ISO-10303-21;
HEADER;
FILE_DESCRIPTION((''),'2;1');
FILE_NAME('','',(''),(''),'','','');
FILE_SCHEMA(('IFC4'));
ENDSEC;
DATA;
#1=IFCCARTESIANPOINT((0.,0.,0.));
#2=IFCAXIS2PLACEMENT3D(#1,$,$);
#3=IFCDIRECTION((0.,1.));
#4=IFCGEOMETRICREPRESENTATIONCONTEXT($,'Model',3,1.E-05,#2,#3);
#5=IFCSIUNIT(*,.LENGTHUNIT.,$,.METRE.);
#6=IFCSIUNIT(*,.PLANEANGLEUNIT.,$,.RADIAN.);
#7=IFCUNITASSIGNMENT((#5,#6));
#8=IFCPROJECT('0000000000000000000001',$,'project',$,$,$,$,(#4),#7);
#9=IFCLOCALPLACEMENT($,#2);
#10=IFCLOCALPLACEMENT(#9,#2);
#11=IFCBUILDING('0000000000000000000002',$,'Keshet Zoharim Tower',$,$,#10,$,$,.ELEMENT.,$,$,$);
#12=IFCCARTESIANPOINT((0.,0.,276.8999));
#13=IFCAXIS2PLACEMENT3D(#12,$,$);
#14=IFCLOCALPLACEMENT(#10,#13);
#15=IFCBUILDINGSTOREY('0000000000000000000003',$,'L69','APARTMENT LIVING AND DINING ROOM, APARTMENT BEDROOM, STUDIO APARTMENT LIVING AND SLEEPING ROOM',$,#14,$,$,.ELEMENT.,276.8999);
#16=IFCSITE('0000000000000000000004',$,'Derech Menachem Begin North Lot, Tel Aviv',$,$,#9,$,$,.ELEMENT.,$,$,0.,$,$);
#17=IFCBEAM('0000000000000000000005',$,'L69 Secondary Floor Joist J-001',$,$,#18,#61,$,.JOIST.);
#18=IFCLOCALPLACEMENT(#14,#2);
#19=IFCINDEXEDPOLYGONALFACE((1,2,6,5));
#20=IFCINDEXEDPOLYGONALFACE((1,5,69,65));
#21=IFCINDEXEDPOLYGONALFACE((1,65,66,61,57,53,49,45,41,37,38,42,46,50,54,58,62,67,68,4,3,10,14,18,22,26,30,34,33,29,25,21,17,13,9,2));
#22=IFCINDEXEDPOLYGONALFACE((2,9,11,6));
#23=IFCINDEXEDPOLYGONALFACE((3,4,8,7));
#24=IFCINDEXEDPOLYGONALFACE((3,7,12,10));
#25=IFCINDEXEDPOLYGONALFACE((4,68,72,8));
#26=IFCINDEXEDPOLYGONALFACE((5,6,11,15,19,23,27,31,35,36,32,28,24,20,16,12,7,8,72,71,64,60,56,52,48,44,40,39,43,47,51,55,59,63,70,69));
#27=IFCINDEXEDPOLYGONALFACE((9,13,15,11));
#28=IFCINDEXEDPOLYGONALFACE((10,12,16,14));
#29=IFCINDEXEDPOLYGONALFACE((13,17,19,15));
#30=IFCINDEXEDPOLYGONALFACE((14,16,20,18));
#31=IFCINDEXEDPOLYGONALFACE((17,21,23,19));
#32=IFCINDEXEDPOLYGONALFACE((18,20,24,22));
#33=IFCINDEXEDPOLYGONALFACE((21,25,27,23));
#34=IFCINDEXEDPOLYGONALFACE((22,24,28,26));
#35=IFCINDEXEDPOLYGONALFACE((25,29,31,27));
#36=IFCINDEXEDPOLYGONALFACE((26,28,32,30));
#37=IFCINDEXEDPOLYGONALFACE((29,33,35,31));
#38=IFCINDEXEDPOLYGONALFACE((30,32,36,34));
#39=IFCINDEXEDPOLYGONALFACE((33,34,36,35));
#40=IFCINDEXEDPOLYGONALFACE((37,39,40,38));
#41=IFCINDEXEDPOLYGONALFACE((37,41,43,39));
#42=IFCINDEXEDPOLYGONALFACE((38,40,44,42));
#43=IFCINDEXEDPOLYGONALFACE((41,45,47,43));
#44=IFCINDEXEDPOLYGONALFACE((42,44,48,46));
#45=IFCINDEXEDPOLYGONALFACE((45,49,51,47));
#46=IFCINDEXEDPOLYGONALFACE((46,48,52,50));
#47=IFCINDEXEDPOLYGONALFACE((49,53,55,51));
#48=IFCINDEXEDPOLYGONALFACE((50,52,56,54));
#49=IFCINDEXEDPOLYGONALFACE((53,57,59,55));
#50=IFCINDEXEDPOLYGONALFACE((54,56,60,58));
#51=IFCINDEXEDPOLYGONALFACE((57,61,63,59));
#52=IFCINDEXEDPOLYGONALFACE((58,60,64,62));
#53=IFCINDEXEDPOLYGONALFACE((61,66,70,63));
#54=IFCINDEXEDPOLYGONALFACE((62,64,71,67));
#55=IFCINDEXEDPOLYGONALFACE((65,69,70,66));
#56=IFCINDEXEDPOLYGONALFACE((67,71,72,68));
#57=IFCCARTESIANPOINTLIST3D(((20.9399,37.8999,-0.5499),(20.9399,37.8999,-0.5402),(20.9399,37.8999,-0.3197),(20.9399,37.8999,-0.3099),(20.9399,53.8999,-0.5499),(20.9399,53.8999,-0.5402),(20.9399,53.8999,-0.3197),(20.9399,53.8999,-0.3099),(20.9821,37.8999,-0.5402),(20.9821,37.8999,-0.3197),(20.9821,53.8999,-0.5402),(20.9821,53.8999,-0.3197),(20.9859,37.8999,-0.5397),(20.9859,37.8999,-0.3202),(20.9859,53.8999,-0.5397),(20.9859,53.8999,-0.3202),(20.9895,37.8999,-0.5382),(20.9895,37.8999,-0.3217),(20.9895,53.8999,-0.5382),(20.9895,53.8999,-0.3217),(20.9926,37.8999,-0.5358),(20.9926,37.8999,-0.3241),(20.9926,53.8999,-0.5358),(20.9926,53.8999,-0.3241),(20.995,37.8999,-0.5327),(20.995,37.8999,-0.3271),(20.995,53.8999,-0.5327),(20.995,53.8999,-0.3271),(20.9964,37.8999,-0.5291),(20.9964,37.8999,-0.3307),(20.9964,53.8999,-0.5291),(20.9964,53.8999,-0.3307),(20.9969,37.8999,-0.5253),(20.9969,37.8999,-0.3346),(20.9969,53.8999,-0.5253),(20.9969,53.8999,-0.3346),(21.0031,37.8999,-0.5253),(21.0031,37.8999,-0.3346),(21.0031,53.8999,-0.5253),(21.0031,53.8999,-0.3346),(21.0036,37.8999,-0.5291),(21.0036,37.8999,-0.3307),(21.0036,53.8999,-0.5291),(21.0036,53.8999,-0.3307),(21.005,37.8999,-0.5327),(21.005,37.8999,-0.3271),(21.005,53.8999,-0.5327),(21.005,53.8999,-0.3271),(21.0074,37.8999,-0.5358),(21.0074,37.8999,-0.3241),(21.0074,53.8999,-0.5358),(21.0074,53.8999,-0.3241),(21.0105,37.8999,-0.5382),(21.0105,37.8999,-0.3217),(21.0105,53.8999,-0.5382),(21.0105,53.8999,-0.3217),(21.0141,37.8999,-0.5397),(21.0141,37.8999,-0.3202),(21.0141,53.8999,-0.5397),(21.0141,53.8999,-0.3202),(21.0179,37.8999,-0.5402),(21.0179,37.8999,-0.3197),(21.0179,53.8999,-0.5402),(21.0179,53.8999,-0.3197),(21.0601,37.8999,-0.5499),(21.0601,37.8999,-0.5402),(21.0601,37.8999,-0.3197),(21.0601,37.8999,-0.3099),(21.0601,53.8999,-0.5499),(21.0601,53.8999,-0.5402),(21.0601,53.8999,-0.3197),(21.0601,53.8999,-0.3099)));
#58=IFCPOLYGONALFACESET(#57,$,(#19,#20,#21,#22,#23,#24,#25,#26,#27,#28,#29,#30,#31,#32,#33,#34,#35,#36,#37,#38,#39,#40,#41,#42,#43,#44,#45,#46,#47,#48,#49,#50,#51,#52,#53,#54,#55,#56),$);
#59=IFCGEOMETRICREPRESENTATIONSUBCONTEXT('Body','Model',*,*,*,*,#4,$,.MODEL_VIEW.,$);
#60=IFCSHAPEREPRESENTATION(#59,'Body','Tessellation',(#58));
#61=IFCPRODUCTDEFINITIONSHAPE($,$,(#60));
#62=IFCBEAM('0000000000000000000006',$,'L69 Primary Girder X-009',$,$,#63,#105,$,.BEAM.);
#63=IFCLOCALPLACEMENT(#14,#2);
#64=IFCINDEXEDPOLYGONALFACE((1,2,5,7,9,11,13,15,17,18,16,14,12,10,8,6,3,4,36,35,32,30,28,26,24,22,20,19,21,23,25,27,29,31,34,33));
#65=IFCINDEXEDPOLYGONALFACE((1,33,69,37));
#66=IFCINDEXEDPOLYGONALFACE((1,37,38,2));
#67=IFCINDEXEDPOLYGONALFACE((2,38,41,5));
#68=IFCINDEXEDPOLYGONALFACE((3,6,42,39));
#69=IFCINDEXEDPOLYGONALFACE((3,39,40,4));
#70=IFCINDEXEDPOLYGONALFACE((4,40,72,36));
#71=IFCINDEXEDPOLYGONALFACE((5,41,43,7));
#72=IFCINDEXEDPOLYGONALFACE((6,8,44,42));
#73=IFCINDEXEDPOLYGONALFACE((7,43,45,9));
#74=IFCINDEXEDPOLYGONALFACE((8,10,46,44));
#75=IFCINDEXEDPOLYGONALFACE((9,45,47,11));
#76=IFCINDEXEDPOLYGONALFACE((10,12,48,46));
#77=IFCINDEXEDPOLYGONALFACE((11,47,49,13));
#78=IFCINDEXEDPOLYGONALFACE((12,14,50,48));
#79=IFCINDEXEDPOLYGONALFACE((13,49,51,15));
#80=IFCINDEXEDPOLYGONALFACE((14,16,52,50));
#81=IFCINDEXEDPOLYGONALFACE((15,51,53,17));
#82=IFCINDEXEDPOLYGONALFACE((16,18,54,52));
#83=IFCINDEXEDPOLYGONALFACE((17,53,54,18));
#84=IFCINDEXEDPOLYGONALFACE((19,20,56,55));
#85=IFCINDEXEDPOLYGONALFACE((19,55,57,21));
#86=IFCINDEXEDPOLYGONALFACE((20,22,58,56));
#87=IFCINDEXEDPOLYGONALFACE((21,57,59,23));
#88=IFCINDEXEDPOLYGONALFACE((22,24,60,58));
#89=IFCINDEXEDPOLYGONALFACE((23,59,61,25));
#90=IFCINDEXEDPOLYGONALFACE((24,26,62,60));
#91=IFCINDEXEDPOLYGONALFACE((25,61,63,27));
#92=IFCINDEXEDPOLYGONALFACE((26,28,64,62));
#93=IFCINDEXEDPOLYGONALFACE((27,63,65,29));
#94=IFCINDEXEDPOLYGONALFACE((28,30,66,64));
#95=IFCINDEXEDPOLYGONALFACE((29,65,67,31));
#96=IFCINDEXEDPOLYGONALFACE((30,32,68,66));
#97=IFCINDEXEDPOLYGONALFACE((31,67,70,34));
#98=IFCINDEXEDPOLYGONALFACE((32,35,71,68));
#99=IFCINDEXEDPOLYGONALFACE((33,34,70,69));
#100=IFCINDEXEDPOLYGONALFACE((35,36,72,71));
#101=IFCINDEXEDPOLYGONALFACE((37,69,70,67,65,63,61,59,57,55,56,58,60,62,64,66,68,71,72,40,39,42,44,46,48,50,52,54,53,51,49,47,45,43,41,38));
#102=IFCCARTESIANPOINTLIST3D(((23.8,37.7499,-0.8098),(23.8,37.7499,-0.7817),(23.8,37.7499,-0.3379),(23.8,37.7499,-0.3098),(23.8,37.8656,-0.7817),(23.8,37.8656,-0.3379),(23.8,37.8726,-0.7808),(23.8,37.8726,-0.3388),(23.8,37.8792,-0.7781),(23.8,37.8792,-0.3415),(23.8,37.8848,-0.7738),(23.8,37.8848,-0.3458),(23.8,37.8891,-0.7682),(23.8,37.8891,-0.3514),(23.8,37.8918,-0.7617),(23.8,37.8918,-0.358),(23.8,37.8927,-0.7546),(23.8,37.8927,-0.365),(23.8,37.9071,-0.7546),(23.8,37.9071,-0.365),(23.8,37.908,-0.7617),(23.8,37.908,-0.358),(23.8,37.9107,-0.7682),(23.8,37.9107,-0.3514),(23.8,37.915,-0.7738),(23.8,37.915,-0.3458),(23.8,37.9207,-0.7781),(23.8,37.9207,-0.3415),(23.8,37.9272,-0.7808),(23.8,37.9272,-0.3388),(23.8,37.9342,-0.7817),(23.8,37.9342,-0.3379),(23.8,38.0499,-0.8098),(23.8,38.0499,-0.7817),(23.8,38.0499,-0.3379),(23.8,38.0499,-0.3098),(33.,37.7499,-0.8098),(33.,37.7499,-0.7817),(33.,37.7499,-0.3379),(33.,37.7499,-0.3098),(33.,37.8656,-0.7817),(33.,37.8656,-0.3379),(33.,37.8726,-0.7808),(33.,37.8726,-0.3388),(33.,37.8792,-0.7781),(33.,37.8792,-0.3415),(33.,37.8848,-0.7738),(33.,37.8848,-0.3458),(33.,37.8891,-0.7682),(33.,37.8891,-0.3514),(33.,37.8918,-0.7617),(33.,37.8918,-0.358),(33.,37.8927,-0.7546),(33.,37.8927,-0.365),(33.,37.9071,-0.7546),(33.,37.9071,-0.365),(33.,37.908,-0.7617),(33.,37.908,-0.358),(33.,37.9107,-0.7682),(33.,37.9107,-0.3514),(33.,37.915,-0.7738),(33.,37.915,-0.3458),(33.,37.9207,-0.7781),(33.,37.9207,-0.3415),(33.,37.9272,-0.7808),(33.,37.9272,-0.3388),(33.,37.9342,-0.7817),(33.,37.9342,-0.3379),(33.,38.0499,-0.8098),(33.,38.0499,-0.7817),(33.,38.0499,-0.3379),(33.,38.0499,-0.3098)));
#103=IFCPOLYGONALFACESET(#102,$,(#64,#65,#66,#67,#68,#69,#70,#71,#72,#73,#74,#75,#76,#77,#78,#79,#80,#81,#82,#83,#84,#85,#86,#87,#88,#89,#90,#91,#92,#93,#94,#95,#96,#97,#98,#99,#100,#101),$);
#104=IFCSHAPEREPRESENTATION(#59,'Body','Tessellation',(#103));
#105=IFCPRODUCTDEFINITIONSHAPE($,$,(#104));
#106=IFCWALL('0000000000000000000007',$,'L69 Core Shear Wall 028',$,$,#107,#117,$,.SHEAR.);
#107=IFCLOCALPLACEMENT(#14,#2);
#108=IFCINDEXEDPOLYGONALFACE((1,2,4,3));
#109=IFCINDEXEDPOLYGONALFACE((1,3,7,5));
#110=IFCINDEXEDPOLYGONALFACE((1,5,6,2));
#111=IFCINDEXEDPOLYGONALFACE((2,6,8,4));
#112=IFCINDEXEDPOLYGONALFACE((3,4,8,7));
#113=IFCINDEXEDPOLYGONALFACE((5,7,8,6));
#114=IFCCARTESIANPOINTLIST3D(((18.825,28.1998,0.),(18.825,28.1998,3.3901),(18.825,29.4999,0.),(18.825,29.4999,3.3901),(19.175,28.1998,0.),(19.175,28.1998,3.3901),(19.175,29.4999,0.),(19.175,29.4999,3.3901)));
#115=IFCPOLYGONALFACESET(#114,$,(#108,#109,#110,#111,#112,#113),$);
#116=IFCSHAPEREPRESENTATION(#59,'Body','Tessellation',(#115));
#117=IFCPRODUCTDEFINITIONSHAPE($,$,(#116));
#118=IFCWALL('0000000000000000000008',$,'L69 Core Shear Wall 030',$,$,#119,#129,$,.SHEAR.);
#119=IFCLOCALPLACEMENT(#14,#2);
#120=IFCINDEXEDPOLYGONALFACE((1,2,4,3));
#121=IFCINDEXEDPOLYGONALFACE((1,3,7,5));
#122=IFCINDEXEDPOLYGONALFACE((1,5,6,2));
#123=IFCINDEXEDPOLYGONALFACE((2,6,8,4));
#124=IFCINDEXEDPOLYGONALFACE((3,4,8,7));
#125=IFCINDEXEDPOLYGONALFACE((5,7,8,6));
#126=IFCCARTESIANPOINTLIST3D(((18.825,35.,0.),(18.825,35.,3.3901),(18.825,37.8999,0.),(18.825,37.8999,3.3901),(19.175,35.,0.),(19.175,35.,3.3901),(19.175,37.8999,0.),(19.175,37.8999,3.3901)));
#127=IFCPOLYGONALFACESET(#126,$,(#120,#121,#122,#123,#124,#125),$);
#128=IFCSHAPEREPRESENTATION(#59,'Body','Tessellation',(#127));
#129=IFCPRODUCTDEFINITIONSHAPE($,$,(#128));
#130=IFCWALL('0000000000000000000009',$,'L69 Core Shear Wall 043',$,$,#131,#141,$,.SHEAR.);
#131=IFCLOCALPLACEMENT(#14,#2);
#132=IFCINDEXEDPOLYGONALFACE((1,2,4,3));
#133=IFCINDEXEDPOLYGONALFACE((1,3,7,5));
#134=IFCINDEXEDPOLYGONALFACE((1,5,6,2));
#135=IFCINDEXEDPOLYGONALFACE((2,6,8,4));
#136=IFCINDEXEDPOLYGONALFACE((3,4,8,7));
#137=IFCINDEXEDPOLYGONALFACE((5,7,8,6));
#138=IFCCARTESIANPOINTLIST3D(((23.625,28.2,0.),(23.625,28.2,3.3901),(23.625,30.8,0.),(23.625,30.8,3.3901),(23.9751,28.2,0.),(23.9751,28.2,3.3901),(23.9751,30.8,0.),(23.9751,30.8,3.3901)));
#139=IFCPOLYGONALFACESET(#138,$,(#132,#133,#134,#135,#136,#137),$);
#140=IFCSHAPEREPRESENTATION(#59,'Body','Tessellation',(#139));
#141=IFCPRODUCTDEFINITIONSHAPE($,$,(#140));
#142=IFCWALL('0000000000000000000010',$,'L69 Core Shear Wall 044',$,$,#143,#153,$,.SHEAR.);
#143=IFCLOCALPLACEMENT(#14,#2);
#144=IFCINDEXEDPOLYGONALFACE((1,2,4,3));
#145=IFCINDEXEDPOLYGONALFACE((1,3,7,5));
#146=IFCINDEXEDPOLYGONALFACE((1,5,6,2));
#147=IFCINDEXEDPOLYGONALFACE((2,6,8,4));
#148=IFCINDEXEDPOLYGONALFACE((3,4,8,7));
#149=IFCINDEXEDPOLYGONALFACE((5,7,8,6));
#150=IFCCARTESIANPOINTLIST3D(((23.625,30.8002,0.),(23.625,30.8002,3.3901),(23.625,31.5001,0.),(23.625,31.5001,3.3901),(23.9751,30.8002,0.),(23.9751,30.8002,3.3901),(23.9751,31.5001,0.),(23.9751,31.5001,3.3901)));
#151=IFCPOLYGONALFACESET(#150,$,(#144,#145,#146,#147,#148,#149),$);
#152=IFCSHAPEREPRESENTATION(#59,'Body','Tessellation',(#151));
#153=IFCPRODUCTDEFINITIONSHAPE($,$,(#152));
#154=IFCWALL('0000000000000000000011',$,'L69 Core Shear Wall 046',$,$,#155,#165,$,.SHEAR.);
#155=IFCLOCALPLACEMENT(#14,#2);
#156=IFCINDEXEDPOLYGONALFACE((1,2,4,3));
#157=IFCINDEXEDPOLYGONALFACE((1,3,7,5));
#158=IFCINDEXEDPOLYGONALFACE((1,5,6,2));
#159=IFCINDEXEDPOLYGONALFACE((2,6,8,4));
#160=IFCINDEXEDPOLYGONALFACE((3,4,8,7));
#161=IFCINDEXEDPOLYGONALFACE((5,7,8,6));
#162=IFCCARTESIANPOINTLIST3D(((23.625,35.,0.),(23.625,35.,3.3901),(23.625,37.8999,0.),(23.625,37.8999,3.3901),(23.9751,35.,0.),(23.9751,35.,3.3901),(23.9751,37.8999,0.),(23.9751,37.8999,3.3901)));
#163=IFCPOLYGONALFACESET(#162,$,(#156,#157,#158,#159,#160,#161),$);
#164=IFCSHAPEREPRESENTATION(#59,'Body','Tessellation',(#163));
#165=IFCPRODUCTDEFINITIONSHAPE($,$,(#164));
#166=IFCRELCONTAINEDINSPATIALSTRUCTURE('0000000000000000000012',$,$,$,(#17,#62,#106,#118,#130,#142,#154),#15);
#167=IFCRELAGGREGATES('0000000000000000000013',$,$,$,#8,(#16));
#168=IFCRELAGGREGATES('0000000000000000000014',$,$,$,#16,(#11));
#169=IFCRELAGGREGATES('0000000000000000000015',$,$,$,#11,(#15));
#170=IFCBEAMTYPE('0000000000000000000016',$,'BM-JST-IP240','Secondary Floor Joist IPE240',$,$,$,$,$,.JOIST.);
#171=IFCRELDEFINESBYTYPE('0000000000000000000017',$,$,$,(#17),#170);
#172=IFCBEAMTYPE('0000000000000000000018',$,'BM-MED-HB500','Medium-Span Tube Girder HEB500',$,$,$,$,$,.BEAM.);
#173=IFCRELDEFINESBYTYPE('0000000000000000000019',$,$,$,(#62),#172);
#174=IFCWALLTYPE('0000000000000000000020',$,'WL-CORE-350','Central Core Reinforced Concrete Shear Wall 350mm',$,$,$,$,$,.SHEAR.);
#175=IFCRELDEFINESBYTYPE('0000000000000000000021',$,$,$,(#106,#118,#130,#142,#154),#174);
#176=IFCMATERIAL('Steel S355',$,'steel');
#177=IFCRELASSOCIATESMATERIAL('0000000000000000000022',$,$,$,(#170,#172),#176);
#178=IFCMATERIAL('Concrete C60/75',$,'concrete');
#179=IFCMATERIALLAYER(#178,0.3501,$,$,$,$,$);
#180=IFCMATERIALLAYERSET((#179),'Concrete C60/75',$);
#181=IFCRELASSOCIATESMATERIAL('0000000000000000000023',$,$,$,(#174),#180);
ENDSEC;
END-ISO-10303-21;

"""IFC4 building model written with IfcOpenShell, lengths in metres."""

from ifc_helpers import new_model, si_unit, direction, frame, frame_2d, origin, origin_2d, place, context, subcontext, project, spatial, rectangle, i_section, extrude, material, layer, layer_set, material_profile, profile_set, type_object, element, save


model = new_model("IFC4")

# Units and contexts
model_context = context("Model", 3, precision=1e-05, world=origin(), true_north=direction((0.0, 1.0)))
body_context = subcontext(model_context, "Body", "Model", "MODEL_VIEW")
ifc_project = project(units=[si_unit("LENGTHUNIT", "METRE"), si_unit("PLANEANGLEUNIT", "RADIAN")], contexts=[model_context])

# Site, building, storey
site_placement = place(None, origin())
site = spatial("IfcSite", under=ifc_project, at=site_placement, Name="Derech Menachem Begin North Lot, Tel Aviv", CompositionType="ELEMENT", RefElevation=0.0)
building_placement = place(site_placement, origin())
building = spatial("IfcBuilding", under=site, at=building_placement, Name="Keshet Zoharim Tower", CompositionType="ELEMENT")
storey_placement = place(building_placement, frame((0.0, 0.0, 276.8999)))
storey = spatial("IfcBuildingStorey", under=building, at=storey_placement, Name="L69", Description="APARTMENT LIVING AND DINING ROOM, APARTMENT BEDROOM, STUDIO APARTMENT LIVING AND SLEEPING ROOM", CompositionType="ELEMENT", Elevation=276.8999)

# Beams
ifc_material_1 = material(Name="Steel S355", Category="steel")
ifc_material_profile_1 = material_profile(ifc_material_1, i_section(OverallWidth=0.1201, OverallDepth=0.24, WebThickness=0.0061, FlangeThickness=0.0098, FilletRadius=0.0149, at=origin_2d()), Name="IPE240")
ifc_profile_set_1 = profile_set([ifc_material_profile_1], Name="Steel S355")
beam_type_1 = type_object("IfcBeamType", Name="BM-JST-IP240", Description="Secondary Floor Joist IPE240", PredefinedType="JOIST", material=ifc_profile_set_1)
beam_1_placement = place(storey_placement, frame((21.0, 37.8999, -0.4299), z_axis=(0.0, 1.0, 0.0), x_axis=(-1.0, 0.0, 0.0)))
element("IfcBeam", 1, at=beam_1_placement, inside=storey, type_object=beam_type_1, Name="L69 Secondary Floor Joist J-001", PredefinedType="JOIST", context=body_context, shape_type="SweptSolid", body=[
    extrude(i_section(OverallWidth=0.1201, OverallDepth=0.24, WebThickness=0.0061, FlangeThickness=0.0098, FilletRadius=0.0149, at=origin_2d()), origin(), (0.0, 0.0, 1.0), 16.0),
])
ifc_material_profile_2 = material_profile(ifc_material_1, i_section(OverallWidth=0.3, OverallDepth=0.5, WebThickness=0.0144, FlangeThickness=0.0281, FilletRadius=0.0271, at=origin_2d()), Name="HEB500")
ifc_profile_set_2 = profile_set([ifc_material_profile_2], Name="Steel S355")
beam_type_2 = type_object("IfcBeamType", Name="BM-MED-HB500", Description="Medium-Span Tube Girder HEB500", PredefinedType="BEAM", material=ifc_profile_set_2)
beam_2_placement = place(storey_placement, frame((23.8, 37.8999, -0.5598), z_axis=(1.0, 0.0, 0.0), x_axis=(0.0, 1.0, 0.0)))
element("IfcBeam", 2, at=beam_2_placement, inside=storey, type_object=beam_type_2, Name="L69 Primary Girder X-009", PredefinedType="BEAM", context=body_context, shape_type="SweptSolid", body=[
    extrude(i_section(OverallWidth=0.3, OverallDepth=0.5, WebThickness=0.0144, FlangeThickness=0.0281, FilletRadius=0.0271, at=origin_2d()), origin(), (0.0, 0.0, 1.0), 9.2),
])

# Wall
ifc_material_2 = material(Name="Concrete C60/75", Category="concrete")
ifc_layer_1 = layer(ifc_material_2, 0.3501)
ifc_layer_set_1 = layer_set([ifc_layer_1], Name="Concrete C60/75")
wall_type_1 = type_object("IfcWallType", Name="WL-CORE-350", Description="Central Core Reinforced Concrete Shear Wall 350mm", PredefinedType="SHEAR", material=ifc_layer_set_1)
wall_1_placement = place(storey_placement, frame((19.0, 28.2, 0.0), z_axis=(0.0, 0.0, 1.0), x_axis=(0.0, 1.0, 0.0)))
element("IfcWall", 3, at=wall_1_placement, inside=storey, type_object=wall_type_1, Name="L69 Core Shear Wall 028", PredefinedType="SHEAR", context=body_context, shape_type="SweptSolid", body=[
    extrude(rectangle(XDim=1.3, YDim=0.3501, at=frame_2d((0.6499, 0.0))), origin(), (0.0, 0.0, 1.0), 3.3901),
])

# Walls
wall_2_placement = place(storey_placement, frame((19.0, 35.0, 0.0), z_axis=(0.0, 0.0, 1.0), x_axis=(0.0, 1.0, 0.0)))
element("IfcWall", 4, at=wall_2_placement, inside=storey, type_object=wall_type_1, Name="L69 Core Shear Wall 030", PredefinedType="SHEAR", context=body_context, shape_type="SweptSolid", body=[
    extrude(rectangle(XDim=2.8999, YDim=0.3501, at=frame_2d((1.45, 0.0))), origin(), (0.0, 0.0, 1.0), 3.3901),
])
wall_3_placement = place(storey_placement, frame((23.8, 28.2, 0.0), z_axis=(0.0, 0.0, 1.0), x_axis=(0.0, 1.0, 0.0)))
element("IfcWall", 5, at=wall_3_placement, inside=storey, type_object=wall_type_1, Name="L69 Core Shear Wall 043", PredefinedType="SHEAR", context=body_context, shape_type="SweptSolid", body=[
    extrude(rectangle(XDim=2.6001, YDim=0.3501, at=frame_2d((1.3, 0.0))), origin(), (0.0, 0.0, 1.0), 3.3901),
])
wall_4_placement = place(storey_placement, frame((23.8, 30.8, 0.0), z_axis=(0.0, 0.0, 1.0), x_axis=(0.0, 1.0, 0.0)))
element("IfcWall", 6, at=wall_4_placement, inside=storey, type_object=wall_type_1, Name="L69 Core Shear Wall 044", PredefinedType="SHEAR", context=body_context, shape_type="SweptSolid", body=[
    extrude(rectangle(XDim=0.7, YDim=0.3501, at=frame_2d((0.3501, 0.0))), origin(), (0.0, 0.0, 1.0), 3.3901),
])

# Wall
wall_5_placement = place(storey_placement, frame((23.8, 35.0, 0.0), z_axis=(0.0, 0.0, 1.0), x_axis=(0.0, 1.0, 0.0)))
element("IfcWall", 7, at=wall_5_placement, inside=storey, type_object=wall_type_1, Name="L69 Core Shear Wall 046", PredefinedType="SHEAR", context=body_context, shape_type="SweptSolid", body=[
    extrude(rectangle(XDim=2.8999, YDim=0.3501, at=frame_2d((1.45, 0.0))), origin(), (0.0, 0.0, 1.0), 3.3901),
])

save(model, "model.ifc")
